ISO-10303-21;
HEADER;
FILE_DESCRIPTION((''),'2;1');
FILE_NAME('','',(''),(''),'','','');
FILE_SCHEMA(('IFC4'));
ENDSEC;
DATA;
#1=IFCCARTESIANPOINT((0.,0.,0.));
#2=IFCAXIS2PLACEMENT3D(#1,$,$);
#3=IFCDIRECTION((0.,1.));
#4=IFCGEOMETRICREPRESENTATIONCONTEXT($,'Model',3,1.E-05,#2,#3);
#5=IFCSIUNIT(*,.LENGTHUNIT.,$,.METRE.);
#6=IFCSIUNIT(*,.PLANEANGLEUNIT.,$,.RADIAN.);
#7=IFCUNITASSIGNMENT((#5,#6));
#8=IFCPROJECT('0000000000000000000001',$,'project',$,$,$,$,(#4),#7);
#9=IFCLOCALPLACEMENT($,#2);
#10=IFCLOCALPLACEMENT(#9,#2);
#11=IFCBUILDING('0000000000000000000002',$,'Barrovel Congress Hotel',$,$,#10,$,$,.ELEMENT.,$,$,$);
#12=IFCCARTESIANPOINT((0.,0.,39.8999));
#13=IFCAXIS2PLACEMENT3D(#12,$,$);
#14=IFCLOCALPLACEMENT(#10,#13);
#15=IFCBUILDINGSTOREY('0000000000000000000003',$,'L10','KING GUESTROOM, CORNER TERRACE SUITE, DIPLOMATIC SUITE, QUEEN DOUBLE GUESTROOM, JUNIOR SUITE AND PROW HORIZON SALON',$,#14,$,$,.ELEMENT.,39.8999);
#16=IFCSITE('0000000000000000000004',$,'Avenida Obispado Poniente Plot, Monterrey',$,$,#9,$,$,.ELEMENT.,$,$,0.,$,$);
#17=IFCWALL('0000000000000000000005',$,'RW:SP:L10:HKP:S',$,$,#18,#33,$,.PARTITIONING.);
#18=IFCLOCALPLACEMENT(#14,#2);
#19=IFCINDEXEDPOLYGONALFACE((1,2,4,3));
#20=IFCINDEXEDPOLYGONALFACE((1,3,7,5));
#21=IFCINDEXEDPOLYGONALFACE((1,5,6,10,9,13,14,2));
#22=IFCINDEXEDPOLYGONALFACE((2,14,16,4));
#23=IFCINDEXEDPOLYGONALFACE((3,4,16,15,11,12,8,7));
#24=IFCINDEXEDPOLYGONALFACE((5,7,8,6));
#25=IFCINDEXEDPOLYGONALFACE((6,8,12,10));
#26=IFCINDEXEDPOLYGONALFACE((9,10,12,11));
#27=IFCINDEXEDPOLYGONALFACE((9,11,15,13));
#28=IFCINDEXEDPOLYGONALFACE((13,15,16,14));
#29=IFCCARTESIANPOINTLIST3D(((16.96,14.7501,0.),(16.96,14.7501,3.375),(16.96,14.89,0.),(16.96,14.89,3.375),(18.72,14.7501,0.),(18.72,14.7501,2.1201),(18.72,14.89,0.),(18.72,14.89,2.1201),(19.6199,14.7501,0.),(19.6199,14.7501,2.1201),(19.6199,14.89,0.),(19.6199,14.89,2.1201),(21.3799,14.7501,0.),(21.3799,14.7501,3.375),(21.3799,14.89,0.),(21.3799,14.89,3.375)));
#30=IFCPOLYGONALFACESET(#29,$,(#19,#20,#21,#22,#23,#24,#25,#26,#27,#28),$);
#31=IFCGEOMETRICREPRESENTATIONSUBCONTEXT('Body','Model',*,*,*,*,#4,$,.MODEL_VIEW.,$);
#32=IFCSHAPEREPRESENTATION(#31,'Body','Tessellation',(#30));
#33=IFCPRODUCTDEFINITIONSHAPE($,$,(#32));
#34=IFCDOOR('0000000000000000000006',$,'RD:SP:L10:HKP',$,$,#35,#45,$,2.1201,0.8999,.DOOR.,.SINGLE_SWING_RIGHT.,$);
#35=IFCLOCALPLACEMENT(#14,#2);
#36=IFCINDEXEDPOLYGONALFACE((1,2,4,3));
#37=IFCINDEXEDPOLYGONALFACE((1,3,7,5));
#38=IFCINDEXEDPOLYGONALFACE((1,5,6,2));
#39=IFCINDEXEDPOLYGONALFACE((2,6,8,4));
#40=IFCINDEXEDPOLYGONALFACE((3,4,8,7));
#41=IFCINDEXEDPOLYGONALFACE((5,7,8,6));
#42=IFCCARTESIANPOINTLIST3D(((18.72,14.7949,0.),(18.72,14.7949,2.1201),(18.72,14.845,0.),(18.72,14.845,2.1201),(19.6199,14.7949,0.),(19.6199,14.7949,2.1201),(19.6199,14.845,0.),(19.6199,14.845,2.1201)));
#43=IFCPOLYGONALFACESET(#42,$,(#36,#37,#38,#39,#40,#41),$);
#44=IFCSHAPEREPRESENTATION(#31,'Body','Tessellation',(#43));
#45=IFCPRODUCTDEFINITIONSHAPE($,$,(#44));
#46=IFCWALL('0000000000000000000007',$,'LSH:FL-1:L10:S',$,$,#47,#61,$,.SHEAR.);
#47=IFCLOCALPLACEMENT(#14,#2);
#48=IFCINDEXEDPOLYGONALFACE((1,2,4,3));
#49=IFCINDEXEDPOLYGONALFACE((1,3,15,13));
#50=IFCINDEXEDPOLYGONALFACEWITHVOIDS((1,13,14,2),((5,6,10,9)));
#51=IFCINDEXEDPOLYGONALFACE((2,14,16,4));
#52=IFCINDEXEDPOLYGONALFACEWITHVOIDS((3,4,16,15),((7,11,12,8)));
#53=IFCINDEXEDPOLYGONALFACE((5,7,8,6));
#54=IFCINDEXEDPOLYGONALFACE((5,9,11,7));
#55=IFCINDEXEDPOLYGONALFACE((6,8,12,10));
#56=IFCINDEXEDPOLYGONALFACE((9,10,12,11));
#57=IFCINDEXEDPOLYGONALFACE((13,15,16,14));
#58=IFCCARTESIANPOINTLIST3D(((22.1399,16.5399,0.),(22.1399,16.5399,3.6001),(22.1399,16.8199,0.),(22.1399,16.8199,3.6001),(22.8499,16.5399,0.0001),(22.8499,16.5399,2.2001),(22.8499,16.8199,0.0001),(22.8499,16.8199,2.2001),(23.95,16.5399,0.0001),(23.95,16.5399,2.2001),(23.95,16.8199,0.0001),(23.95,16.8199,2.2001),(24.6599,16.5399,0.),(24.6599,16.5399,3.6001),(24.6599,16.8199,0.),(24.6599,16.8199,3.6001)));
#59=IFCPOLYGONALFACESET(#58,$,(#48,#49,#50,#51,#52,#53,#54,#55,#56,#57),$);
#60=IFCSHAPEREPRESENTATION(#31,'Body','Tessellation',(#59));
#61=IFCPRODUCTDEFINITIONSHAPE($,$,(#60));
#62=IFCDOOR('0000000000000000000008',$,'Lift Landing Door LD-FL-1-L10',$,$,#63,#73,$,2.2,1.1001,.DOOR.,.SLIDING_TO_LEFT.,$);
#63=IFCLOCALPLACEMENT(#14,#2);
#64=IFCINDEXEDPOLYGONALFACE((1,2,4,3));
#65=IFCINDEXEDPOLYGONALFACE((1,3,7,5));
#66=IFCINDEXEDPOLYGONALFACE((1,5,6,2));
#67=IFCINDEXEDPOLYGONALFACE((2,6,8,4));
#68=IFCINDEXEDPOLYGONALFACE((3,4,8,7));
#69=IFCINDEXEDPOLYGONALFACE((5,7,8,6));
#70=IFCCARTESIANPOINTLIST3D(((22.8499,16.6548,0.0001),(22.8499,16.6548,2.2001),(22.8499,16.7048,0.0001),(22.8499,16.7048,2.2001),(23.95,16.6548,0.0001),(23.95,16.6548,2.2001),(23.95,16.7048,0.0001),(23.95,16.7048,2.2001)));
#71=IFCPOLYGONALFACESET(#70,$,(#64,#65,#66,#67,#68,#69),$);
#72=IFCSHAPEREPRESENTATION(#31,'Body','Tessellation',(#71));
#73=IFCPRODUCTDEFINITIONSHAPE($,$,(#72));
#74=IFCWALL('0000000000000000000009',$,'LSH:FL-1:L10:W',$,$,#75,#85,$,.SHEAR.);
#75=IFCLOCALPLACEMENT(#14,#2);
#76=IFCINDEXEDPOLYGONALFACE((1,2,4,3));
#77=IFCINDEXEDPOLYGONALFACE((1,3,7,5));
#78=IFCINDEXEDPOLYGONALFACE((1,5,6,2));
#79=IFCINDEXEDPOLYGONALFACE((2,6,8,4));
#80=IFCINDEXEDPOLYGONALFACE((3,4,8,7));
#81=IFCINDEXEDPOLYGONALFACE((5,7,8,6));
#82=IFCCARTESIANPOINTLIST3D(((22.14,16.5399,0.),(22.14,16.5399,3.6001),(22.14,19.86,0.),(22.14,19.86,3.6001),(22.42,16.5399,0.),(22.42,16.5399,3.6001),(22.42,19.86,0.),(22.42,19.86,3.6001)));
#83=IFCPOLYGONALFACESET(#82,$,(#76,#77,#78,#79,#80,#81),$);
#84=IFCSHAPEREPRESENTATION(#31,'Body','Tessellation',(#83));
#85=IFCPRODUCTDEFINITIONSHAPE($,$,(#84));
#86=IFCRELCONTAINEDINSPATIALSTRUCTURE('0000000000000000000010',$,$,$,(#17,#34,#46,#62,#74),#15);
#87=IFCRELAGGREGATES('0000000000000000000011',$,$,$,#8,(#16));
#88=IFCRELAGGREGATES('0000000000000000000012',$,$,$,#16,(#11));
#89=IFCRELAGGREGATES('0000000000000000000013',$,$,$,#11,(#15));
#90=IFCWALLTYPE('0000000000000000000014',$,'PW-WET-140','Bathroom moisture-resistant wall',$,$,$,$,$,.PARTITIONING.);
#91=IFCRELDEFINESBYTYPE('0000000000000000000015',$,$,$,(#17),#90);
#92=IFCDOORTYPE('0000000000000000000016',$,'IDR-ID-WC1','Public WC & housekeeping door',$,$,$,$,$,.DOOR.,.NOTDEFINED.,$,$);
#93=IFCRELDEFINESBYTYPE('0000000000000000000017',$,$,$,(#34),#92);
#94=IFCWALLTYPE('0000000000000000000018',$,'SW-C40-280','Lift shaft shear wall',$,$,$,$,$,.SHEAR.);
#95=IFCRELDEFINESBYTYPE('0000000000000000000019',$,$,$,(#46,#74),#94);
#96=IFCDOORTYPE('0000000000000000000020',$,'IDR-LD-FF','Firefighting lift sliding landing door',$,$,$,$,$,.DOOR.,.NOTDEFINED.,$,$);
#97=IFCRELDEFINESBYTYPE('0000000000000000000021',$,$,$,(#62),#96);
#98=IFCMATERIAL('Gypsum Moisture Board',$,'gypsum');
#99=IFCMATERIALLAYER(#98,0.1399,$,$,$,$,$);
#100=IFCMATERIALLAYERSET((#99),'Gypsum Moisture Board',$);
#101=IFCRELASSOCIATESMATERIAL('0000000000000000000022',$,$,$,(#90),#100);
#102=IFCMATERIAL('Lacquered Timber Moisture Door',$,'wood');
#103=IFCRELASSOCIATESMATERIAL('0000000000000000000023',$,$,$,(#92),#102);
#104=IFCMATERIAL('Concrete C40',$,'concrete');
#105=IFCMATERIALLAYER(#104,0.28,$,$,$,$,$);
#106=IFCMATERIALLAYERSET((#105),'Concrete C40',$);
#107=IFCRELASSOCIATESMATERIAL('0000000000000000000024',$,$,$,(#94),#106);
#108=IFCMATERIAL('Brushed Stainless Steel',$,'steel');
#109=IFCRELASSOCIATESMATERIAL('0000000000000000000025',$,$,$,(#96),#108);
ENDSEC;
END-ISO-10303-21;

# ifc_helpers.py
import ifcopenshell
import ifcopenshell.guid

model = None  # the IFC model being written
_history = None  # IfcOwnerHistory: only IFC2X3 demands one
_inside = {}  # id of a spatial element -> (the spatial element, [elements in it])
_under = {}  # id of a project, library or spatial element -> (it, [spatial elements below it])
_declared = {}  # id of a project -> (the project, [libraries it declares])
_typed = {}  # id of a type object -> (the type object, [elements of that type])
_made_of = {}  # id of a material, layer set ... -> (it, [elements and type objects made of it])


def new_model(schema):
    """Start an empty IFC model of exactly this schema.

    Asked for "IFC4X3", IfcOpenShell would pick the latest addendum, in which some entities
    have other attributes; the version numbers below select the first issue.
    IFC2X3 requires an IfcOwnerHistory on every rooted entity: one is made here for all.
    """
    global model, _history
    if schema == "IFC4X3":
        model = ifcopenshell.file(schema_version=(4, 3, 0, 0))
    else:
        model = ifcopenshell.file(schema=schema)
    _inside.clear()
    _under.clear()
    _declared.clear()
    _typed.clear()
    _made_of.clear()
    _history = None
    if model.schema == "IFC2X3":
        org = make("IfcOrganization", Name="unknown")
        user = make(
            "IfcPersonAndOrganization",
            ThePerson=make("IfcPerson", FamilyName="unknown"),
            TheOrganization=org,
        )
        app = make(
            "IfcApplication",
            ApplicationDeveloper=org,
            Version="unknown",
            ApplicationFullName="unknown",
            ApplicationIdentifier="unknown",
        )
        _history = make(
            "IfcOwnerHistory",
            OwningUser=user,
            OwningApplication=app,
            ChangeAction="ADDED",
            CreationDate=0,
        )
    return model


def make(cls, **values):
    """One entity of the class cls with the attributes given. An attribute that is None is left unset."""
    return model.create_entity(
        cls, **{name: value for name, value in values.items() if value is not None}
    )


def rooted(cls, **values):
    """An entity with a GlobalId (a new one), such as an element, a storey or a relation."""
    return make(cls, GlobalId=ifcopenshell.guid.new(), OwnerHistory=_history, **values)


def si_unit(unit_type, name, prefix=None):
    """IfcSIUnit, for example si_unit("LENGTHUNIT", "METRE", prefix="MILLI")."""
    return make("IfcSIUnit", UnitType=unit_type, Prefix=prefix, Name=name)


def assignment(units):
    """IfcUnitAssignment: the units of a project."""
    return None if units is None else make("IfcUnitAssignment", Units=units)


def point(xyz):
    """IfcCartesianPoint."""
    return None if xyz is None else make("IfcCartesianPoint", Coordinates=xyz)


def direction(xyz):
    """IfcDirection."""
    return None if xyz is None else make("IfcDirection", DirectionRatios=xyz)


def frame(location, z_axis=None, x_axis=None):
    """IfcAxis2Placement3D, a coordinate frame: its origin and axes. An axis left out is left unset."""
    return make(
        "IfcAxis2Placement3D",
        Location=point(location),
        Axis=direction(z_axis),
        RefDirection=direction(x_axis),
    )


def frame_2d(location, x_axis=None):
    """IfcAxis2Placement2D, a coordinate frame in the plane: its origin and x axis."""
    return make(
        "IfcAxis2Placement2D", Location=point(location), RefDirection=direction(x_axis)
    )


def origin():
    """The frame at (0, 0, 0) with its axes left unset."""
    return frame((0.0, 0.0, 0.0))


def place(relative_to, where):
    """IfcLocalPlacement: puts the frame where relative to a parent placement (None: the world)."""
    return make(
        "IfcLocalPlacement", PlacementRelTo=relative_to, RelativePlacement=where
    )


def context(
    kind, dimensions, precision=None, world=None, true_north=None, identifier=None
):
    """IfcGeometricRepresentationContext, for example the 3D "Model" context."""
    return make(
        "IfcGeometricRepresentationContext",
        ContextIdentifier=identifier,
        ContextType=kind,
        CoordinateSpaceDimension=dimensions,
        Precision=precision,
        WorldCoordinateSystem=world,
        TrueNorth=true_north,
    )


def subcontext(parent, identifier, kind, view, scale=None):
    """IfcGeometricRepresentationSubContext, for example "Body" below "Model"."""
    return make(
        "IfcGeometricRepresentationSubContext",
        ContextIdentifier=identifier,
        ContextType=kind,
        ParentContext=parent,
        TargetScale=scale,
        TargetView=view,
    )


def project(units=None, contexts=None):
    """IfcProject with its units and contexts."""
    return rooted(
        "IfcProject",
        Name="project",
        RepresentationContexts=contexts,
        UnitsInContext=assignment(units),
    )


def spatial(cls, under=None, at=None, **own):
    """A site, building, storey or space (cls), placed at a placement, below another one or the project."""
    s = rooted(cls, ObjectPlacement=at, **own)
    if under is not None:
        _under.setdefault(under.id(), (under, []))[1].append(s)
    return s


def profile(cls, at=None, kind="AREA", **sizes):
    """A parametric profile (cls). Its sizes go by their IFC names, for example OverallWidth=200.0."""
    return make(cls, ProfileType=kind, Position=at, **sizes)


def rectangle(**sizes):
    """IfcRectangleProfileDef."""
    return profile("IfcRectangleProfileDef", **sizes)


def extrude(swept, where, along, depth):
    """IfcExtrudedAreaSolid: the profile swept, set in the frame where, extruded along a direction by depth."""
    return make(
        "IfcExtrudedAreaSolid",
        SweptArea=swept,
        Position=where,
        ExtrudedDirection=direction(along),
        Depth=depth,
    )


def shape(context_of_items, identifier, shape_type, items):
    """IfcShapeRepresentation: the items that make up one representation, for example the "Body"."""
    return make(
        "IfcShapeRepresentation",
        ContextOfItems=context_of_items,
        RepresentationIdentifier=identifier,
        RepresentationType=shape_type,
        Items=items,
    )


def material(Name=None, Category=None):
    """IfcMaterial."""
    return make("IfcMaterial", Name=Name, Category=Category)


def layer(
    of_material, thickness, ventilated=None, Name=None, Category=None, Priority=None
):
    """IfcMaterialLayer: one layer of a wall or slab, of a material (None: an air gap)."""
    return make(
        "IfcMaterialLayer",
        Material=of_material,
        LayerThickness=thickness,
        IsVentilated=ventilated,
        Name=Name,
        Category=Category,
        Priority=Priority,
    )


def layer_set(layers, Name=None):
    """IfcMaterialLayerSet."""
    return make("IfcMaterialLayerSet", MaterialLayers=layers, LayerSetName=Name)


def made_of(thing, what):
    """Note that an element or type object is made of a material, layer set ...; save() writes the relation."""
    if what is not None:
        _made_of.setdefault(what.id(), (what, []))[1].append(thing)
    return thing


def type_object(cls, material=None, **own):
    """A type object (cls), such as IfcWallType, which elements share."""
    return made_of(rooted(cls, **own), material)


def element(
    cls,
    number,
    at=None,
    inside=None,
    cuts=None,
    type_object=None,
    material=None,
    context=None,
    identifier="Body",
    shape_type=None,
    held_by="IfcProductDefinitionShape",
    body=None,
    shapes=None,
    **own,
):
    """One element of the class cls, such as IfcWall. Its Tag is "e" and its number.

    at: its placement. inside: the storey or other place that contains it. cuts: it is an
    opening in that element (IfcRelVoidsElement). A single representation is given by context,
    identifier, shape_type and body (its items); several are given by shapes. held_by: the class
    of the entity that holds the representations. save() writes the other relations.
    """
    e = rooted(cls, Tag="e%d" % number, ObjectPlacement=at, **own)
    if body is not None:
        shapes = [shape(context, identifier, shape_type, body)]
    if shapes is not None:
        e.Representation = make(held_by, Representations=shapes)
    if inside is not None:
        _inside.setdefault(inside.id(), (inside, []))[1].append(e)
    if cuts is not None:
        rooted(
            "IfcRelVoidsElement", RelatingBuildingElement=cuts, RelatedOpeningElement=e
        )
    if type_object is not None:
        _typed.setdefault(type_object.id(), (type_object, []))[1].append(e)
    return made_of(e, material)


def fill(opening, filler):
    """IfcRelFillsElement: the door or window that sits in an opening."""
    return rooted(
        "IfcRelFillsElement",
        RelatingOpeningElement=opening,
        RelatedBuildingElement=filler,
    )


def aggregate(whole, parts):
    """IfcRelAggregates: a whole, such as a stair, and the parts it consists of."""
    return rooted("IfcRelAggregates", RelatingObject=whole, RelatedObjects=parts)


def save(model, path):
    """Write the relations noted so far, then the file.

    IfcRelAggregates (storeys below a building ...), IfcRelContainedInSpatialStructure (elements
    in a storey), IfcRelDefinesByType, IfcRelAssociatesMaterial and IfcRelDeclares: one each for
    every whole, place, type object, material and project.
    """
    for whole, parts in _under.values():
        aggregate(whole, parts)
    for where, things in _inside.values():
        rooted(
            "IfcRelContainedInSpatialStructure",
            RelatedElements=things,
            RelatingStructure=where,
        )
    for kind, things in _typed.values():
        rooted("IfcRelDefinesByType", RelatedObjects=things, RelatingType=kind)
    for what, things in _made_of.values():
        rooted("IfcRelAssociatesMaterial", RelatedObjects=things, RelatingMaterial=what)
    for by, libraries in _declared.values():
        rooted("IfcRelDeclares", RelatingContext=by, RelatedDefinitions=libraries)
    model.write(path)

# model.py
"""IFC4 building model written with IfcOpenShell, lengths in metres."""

from ifc_helpers import new_model, si_unit, direction, frame, frame_2d, origin, place, context, subcontext, project, spatial, rectangle, extrude, material, layer, layer_set, type_object, element, fill, save


model = new_model("IFC4")

# Units and contexts
model_context = context("Model", 3, precision=1e-05, world=origin(), true_north=direction((0.0, 1.0)))
body_context = subcontext(model_context, "Body", "Model", "MODEL_VIEW")
ifc_project = project(units=[si_unit("LENGTHUNIT", "METRE"), si_unit("PLANEANGLEUNIT", "RADIAN")], contexts=[model_context])

# Site, building, storey
site_placement = place(None, origin())
site = spatial("IfcSite", under=ifc_project, at=site_placement, Name="Avenida Obispado Poniente Plot, Monterrey", CompositionType="ELEMENT", RefElevation=0.0)
building_placement = place(site_placement, origin())
building = spatial("IfcBuilding", under=site, at=building_placement, Name="Barrovel Congress Hotel", CompositionType="ELEMENT")
storey_placement = place(building_placement, frame((0.0, 0.0, 39.8999)))
storey = spatial("IfcBuildingStorey", under=building, at=storey_placement, Name="L10", Description="KING GUESTROOM, CORNER TERRACE SUITE, DIPLOMATIC SUITE, QUEEN DOUBLE GUESTROOM, JUNIOR SUITE AND PROW HORIZON SALON", CompositionType="ELEMENT", Elevation=39.8999)

# Shared definitions
ifc_material_1 = material(Name="Concrete C40", Category="concrete")

# Walls, openings, doors
ifc_material_2 = material(Name="Gypsum Moisture Board", Category="gypsum")
ifc_layer_1 = layer(ifc_material_2, 0.1399)
ifc_layer_set_1 = layer_set([ifc_layer_1], Name="Gypsum Moisture Board")
wall_type_1 = type_object("IfcWallType", Name="PW-WET-140", Description="Bathroom moisture-resistant wall", PredefinedType="PARTITIONING", material=ifc_layer_set_1)
ifc_material_3 = material(Name="Lacquered Timber Moisture Door", Category="wood")
wall_1_placement = place(storey_placement, frame((16.96, 14.8201, 0.0), z_axis=(0.0, 0.0, 1.0), x_axis=(1.0, 0.0, 0.0)))
wall_1 = element("IfcWall", 1, at=wall_1_placement, inside=storey, type_object=wall_type_1, Name="RW:SP:L10:HKP:S", PredefinedType="PARTITIONING", context=body_context, shape_type="SweptSolid", body=[
    extrude(rectangle(XDim=4.4199, YDim=0.1399, at=frame_2d((2.21, 0.0))), origin(), (0.0, 0.0, 1.0), 3.375),
])
opening_1_placement = place(wall_1_placement, frame((1.76, 0.0, 0.0)))
opening_1 = element("IfcOpeningElement", 2, at=opening_1_placement, cuts=wall_1, PredefinedType="OPENING", context=body_context, shape_type="SweptSolid", body=[
    extrude(rectangle(XDim=0.8999, YDim=2.1201, at=frame_2d((0.45, 1.0601))), frame((0.0, 0.0801, 0.0), z_axis=(0.0, -1.0, 0.0), x_axis=(1.0, 0.0, 0.0)), (0.0, 0.0, 1.0), 0.1599),
])
door_type_1 = type_object("IfcDoorType", Name="IDR-ID-WC1", Description="Public WC & housekeeping door", OperationType="NOTDEFINED", PredefinedType="DOOR", material=ifc_material_3)
door_1_placement = place(opening_1_placement, origin())
door_1 = element("IfcDoor", 3, at=door_1_placement, inside=storey, type_object=door_type_1, Name="RD:SP:L10:HKP", OperationType="SINGLE_SWING_RIGHT", OverallHeight=2.1201, OverallWidth=0.8999, PredefinedType="DOOR", context=body_context, shape_type="SweptSolid", body=[
    extrude(rectangle(XDim=0.8999, YDim=2.1201, at=frame_2d((0.45, 1.0601))), frame((0.0, 0.0249, 0.0), z_axis=(0.0, -1.0, 0.0), x_axis=(1.0, 0.0, 0.0)), (0.0, 0.0, 1.0), 0.05),
])
fill(opening_1, door_1)
ifc_layer_2 = layer(ifc_material_1, 0.28)
ifc_layer_set_2 = layer_set([ifc_layer_2], Name="Concrete C40")
wall_type_2 = type_object("IfcWallType", Name="SW-C40-280", Description="Lift shaft shear wall", PredefinedType="SHEAR", material=ifc_layer_set_2)
wall_2_placement = place(storey_placement, frame((22.1399, 16.6799, 0.0), z_axis=(0.0, 0.0, 1.0), x_axis=(1.0, 0.0, 0.0)))
wall_2 = element("IfcWall", 4, at=wall_2_placement, inside=storey, type_object=wall_type_2, Name="LSH:FL-1:L10:S", PredefinedType="SHEAR", context=body_context, shape_type="SweptSolid", body=[
    extrude(rectangle(XDim=2.52, YDim=0.28, at=frame_2d((1.26, 0.0))), origin(), (0.0, 0.0, 1.0), 3.6001),
])
opening_2_placement = place(wall_2_placement, frame((0.71, 0.0, 0.0)))
opening_2 = element("IfcOpeningElement", 5, at=opening_2_placement, cuts=wall_2, PredefinedType="OPENING", context=body_context, shape_type="SweptSolid", body=[
    extrude(rectangle(XDim=1.1001, YDim=2.2, at=frame_2d((0.55, 1.1001))), frame((0.0, 0.1499, 0.0), z_axis=(0.0, -1.0, 0.0), x_axis=(1.0, 0.0, 0.0)), (0.0, 0.0, 1.0), 0.3),
])
ifc_material_4 = material(Name="Brushed Stainless Steel", Category="steel")
door_type_2 = type_object("IfcDoorType", Name="IDR-LD-FF", Description="Firefighting lift sliding landing door", OperationType="NOTDEFINED", PredefinedType="DOOR", material=ifc_material_4)
door_2_placement = place(opening_2_placement, origin())
door_2 = element("IfcDoor", 6, at=door_2_placement, inside=storey, type_object=door_type_2, Name="Lift Landing Door LD-FL-1-L10", OperationType="SLIDING_TO_LEFT", OverallHeight=2.2, OverallWidth=1.1001, PredefinedType="DOOR", context=body_context, shape_type="SweptSolid", body=[
    extrude(rectangle(XDim=1.1001, YDim=2.2, at=frame_2d((0.55, 1.1001))), frame((0.0, 0.0249, 0.0), z_axis=(0.0, -1.0, 0.0), x_axis=(1.0, 0.0, 0.0)), (0.0, 0.0, 1.0), 0.05),
])
fill(opening_2, door_2)

# Wall
wall_3_placement = place(storey_placement, frame((22.28, 19.8601, 0.0), z_axis=(0.0, 0.0, 1.0), x_axis=(0.0, -1.0, 0.0)))
element("IfcWall", 7, at=wall_3_placement, inside=storey, type_object=wall_type_2, Name="LSH:FL-1:L10:W", PredefinedType="SHEAR", context=body_context, shape_type="SweptSolid", body=[
    extrude(rectangle(XDim=3.3201, YDim=0.28, at=frame_2d((1.6602, 0.0))), origin(), (0.0, 0.0, 1.0), 3.6001),
])

save(model, "model.ifc")
